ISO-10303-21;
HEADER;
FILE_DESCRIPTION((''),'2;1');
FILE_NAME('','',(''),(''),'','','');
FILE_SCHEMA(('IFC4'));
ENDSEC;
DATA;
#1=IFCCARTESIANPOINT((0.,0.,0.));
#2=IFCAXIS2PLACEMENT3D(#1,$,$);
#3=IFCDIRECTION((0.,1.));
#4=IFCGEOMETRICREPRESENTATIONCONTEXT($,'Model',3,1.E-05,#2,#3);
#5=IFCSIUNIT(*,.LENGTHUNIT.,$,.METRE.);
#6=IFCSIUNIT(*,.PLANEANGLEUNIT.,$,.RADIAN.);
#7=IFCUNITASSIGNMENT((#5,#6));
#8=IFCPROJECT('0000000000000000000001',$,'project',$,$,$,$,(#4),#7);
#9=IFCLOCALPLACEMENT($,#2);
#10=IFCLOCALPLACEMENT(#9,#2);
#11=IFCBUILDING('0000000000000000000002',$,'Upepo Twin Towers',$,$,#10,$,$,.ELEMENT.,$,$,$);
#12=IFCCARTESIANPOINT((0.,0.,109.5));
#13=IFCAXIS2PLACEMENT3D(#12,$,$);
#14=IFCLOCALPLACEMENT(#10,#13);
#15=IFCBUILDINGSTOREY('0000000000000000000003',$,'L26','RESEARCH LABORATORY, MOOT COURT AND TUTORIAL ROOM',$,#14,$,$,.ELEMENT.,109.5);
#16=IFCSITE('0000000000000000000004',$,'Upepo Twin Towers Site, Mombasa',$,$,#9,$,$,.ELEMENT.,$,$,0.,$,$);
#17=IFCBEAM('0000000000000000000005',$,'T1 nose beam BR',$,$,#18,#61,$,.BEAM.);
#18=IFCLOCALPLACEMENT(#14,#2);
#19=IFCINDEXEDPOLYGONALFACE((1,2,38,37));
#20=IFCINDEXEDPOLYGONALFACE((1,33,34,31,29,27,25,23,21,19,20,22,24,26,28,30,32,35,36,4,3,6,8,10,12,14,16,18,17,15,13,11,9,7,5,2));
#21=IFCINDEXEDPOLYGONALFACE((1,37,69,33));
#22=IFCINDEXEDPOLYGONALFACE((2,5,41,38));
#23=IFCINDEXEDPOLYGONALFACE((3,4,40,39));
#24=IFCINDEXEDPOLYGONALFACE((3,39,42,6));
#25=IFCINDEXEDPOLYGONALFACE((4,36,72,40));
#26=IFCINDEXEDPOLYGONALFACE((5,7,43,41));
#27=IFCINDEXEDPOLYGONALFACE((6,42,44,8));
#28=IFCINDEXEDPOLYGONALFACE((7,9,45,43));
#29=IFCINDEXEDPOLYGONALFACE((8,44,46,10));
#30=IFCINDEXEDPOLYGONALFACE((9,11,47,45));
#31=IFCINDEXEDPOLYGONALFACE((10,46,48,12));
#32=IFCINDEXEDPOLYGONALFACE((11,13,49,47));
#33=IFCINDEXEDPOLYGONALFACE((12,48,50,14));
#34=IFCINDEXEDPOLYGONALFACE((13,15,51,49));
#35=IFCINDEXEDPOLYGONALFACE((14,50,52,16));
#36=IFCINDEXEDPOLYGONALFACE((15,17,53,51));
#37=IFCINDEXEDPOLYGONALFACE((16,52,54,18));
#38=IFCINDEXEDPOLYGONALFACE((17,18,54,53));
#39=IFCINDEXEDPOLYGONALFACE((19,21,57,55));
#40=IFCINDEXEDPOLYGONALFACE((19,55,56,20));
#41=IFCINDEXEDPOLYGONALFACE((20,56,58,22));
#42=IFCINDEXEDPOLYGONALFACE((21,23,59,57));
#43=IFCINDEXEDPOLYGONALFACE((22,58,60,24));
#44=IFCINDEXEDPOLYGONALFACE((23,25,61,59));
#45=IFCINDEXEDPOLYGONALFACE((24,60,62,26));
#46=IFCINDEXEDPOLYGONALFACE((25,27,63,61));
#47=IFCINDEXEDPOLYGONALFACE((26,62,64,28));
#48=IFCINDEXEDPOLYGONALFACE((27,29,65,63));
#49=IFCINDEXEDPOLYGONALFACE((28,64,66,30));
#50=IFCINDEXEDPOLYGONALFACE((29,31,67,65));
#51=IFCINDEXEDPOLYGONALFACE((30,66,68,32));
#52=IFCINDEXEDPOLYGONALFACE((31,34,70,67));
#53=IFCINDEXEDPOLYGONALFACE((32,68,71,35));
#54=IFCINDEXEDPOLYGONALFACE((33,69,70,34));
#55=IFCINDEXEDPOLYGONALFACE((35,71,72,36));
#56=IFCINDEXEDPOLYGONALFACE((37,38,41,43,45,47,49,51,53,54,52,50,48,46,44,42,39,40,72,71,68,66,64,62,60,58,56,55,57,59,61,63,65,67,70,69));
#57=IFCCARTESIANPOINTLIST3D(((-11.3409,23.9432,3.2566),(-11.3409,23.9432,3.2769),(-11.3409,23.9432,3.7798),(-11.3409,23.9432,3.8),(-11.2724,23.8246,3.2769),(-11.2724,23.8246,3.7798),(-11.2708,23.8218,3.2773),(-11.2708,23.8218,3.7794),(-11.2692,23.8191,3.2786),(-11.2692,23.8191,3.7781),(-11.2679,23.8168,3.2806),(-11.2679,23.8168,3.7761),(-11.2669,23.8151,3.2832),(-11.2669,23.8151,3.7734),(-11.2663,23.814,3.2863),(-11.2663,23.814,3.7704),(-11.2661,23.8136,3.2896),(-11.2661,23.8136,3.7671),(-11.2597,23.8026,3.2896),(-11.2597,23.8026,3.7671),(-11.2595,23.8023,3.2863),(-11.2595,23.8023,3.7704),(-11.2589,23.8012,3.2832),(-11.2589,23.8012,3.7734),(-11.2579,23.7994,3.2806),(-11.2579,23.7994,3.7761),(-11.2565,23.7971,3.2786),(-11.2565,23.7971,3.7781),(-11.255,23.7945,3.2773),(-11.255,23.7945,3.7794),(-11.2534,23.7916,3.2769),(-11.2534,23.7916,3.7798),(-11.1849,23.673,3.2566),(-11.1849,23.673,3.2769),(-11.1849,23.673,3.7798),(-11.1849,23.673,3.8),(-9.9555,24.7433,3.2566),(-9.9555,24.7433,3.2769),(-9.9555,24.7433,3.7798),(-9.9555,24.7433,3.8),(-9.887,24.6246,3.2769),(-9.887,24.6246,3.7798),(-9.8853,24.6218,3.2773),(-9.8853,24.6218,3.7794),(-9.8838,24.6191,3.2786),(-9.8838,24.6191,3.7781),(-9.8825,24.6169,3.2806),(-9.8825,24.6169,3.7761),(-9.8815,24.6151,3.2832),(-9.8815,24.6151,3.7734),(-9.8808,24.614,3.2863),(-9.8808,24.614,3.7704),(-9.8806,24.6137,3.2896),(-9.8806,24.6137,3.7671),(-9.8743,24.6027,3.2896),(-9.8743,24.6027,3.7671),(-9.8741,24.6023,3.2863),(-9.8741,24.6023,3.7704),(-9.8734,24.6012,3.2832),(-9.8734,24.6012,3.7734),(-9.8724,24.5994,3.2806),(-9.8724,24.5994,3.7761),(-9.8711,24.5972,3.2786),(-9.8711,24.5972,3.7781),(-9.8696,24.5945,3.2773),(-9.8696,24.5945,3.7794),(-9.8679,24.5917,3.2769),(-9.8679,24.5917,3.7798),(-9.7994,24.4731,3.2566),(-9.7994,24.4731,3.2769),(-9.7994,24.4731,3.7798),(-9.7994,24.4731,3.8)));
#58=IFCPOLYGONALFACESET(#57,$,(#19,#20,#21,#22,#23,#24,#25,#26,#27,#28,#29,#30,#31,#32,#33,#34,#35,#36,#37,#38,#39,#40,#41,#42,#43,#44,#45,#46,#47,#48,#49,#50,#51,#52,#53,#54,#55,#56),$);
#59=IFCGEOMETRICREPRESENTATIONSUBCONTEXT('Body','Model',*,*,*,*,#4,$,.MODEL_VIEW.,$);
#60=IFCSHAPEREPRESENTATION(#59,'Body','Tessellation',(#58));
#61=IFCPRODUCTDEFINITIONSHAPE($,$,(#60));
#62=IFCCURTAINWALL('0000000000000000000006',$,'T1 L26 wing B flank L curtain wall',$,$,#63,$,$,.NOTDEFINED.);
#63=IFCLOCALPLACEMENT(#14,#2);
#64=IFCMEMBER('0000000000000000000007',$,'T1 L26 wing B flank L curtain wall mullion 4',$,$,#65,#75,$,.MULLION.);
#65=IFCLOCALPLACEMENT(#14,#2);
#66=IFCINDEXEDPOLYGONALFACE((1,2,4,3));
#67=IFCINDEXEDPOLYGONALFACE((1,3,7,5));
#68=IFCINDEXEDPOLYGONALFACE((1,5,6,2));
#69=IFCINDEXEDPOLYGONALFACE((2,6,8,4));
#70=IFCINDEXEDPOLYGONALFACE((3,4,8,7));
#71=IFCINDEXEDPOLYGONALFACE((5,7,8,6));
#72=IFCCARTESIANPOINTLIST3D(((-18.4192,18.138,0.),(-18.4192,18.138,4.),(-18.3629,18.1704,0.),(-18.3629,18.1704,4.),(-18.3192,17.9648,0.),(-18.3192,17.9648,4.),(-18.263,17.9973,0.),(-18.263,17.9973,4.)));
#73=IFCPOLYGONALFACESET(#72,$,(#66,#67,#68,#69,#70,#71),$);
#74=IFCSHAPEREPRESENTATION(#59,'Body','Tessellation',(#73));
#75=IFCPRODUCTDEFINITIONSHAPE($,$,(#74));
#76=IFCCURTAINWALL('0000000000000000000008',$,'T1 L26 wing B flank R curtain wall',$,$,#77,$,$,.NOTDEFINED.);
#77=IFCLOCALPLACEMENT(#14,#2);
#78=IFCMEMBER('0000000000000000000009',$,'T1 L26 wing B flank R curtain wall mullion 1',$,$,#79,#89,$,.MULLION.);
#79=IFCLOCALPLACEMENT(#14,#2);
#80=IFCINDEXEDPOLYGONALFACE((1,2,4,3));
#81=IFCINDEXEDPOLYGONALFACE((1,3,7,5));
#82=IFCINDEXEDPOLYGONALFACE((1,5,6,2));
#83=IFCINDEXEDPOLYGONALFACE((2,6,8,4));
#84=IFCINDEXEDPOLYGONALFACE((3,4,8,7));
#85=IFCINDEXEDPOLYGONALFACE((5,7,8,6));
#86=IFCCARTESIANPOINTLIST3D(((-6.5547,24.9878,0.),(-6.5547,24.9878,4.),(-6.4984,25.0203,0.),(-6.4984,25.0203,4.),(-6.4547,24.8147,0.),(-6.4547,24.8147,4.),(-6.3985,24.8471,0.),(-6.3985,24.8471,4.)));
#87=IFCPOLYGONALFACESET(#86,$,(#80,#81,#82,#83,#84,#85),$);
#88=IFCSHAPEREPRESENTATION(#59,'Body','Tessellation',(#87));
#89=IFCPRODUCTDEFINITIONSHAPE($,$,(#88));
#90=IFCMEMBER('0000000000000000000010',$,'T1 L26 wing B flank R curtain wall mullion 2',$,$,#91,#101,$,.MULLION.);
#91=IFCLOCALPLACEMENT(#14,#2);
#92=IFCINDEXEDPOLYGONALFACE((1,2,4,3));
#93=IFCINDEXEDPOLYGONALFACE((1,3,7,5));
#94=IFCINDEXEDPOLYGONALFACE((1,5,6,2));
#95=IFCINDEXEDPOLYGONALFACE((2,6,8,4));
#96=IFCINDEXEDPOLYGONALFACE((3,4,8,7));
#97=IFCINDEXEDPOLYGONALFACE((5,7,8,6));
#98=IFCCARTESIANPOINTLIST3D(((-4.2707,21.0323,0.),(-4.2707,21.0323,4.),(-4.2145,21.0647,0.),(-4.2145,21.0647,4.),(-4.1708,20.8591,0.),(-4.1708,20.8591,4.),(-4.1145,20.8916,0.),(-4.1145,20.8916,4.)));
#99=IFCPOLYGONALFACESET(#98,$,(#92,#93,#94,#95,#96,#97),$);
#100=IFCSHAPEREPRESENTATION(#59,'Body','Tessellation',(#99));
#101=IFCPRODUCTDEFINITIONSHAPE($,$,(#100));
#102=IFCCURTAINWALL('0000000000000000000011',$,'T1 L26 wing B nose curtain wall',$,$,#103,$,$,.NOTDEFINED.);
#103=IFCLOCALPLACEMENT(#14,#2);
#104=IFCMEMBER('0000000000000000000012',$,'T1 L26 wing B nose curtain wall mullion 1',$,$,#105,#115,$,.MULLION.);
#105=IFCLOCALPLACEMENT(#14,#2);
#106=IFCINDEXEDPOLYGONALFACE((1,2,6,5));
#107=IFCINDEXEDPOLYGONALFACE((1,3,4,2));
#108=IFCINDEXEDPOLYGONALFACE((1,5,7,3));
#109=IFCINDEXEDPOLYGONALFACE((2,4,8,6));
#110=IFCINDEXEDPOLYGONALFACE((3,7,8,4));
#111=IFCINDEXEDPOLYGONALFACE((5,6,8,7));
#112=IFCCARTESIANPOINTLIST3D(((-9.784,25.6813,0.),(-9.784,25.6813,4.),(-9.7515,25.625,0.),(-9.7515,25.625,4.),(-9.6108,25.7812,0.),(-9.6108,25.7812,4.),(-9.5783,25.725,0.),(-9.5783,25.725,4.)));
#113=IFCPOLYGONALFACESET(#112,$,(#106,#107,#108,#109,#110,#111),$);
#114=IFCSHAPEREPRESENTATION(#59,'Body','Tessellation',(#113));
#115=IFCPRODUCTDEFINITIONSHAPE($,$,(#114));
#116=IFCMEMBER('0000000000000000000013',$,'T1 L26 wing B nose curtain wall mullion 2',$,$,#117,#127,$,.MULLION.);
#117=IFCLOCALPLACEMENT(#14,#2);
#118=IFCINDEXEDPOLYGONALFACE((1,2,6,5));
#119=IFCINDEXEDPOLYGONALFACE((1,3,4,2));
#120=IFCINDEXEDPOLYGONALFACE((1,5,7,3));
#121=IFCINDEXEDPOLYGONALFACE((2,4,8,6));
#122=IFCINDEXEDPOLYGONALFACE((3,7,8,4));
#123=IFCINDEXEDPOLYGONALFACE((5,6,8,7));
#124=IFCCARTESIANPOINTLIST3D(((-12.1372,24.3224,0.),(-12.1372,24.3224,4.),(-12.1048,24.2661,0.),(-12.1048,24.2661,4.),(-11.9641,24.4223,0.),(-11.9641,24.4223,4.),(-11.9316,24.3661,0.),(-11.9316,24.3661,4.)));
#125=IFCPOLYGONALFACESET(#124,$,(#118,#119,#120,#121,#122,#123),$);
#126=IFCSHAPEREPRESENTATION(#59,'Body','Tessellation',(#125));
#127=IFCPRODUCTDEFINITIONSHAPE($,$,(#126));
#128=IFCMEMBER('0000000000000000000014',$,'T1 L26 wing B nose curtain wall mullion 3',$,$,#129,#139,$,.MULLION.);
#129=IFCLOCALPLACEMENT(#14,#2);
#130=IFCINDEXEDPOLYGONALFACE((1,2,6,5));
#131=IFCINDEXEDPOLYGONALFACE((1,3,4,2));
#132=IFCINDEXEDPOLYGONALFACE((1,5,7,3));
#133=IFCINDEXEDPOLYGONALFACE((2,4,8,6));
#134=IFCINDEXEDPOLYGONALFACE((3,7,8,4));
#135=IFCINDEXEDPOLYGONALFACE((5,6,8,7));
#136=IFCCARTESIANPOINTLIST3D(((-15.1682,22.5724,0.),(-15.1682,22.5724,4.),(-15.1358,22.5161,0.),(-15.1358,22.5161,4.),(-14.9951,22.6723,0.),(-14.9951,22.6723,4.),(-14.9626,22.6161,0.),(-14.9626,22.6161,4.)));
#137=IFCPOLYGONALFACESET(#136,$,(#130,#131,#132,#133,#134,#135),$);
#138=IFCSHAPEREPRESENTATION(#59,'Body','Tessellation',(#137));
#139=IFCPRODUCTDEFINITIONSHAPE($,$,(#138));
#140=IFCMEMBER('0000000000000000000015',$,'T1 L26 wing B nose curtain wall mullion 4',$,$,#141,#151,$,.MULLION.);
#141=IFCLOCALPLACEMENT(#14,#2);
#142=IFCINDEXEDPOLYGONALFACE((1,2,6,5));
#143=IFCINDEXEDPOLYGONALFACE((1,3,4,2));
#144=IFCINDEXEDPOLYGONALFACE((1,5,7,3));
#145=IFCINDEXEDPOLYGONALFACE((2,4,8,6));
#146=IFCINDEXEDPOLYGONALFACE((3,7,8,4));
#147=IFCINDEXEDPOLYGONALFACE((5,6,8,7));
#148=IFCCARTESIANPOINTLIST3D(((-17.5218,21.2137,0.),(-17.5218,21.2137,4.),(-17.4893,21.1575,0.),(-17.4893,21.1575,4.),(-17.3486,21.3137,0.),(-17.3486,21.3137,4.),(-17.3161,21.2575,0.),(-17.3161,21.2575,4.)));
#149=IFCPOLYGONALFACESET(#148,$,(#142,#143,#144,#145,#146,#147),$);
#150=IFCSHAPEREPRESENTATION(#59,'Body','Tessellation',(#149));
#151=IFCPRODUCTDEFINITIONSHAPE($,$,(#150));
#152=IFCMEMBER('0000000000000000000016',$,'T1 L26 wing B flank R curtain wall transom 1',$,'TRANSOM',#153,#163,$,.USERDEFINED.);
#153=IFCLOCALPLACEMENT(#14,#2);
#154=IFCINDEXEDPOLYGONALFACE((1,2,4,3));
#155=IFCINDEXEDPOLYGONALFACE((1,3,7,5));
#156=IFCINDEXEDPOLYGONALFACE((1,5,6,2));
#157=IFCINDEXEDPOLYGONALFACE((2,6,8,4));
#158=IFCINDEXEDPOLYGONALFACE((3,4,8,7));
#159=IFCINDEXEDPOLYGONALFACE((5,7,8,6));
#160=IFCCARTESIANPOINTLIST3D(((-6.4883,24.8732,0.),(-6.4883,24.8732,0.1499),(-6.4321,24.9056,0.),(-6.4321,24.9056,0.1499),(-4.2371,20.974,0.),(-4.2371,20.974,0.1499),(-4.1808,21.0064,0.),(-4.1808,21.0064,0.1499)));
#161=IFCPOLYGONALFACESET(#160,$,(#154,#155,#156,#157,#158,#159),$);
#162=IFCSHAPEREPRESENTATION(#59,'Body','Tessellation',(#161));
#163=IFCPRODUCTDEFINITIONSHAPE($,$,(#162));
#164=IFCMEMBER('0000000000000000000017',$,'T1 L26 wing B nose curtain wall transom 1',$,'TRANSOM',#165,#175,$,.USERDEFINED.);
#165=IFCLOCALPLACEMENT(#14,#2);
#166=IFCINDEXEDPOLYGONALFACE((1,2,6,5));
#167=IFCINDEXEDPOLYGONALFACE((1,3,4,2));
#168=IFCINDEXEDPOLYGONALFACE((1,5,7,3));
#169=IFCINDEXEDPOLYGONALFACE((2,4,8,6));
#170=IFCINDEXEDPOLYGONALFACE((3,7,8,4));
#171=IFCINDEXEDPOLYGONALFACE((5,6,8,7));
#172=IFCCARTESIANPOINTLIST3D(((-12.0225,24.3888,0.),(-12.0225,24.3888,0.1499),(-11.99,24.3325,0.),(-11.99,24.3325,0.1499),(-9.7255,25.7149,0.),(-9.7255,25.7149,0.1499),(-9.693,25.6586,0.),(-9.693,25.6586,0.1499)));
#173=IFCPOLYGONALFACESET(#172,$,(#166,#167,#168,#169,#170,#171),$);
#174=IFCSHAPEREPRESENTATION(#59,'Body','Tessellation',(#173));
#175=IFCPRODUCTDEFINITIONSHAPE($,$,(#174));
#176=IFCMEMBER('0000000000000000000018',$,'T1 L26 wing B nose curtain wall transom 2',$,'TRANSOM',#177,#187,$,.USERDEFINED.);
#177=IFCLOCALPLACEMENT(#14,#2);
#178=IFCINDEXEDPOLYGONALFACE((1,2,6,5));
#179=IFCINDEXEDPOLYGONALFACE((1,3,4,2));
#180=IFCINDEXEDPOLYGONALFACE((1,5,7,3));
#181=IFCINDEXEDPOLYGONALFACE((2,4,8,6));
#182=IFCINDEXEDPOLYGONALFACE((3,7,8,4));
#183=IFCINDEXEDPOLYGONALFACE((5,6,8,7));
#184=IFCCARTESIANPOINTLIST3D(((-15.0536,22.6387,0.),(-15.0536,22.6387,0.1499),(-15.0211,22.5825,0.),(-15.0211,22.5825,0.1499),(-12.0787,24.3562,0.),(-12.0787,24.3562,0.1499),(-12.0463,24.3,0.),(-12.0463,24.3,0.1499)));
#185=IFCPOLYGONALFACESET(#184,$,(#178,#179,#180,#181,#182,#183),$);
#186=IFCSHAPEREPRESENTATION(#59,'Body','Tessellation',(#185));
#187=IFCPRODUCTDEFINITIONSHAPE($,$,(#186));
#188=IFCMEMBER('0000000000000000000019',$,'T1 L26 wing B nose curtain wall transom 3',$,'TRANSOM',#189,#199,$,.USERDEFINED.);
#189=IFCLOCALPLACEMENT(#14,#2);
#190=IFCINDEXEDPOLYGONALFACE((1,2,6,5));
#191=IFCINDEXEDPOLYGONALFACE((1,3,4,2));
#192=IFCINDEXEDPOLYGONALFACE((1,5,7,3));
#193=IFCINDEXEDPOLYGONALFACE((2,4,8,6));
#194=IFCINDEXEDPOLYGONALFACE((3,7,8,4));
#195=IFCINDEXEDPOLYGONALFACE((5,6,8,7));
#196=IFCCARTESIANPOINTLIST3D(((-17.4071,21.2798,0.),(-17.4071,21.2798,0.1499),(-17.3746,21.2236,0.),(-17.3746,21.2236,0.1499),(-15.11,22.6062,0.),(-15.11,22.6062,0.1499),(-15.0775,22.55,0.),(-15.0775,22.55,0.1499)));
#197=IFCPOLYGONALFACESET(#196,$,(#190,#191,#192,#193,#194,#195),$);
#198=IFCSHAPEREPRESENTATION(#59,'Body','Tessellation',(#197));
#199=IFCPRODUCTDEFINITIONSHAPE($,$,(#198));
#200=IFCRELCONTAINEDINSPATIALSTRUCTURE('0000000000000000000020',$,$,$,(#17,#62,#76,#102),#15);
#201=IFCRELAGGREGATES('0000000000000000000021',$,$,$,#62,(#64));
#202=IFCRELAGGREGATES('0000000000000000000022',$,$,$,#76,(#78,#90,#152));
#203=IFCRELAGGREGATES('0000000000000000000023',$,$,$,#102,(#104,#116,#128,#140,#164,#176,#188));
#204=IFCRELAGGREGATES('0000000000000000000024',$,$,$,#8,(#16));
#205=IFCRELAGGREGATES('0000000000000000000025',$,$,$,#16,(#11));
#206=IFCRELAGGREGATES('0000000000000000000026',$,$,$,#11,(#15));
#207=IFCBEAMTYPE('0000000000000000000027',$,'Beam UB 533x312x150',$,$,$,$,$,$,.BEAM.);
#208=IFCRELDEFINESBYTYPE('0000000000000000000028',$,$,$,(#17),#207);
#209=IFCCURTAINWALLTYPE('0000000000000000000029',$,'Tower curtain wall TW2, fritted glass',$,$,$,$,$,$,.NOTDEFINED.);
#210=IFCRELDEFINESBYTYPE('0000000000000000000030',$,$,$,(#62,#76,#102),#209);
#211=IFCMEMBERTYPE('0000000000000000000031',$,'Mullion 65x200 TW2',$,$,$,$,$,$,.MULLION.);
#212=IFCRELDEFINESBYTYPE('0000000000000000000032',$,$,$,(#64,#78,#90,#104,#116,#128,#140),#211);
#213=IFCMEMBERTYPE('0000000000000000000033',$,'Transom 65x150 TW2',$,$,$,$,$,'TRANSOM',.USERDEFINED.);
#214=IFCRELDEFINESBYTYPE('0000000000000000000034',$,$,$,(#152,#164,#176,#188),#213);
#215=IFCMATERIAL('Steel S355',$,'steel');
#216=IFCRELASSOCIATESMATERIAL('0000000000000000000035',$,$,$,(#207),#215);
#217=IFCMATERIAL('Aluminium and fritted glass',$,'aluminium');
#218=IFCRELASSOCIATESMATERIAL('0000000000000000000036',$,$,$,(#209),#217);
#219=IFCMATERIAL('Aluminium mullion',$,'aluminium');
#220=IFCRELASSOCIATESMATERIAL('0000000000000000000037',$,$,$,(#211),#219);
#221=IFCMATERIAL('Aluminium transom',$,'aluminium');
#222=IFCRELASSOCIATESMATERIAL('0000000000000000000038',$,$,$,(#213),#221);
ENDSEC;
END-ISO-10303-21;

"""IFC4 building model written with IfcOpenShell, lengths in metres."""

from ifc_helpers import new_model, si_unit, direction, frame, origin, origin_2d, place, context, subcontext, project, spatial, rectangle, i_section, extrude, material, material_profile, profile_set, type_object, element, aggregate, save


model = new_model("IFC4")

# Units and contexts
model_context = context("Model", 3, precision=1e-05, world=origin(), true_north=direction((0.0, 1.0)))
body_context = subcontext(model_context, "Body", "Model", "MODEL_VIEW")
ifc_project = project(units=[si_unit("LENGTHUNIT", "METRE"), si_unit("PLANEANGLEUNIT", "RADIAN")], contexts=[model_context])

# Site, building, storey
site_placement = place(None, origin())
site = spatial("IfcSite", under=ifc_project, at=site_placement, Name="Upepo Twin Towers Site, Mombasa", CompositionType="ELEMENT", RefElevation=0.0)
building_placement = place(site_placement, origin())
building = spatial("IfcBuilding", under=site, at=building_placement, Name="Upepo Twin Towers", CompositionType="ELEMENT")
storey_placement = place(building_placement, frame((0.0, 0.0, 109.5)))
storey = spatial("IfcBuildingStorey", under=building, at=storey_placement, Name="L26", Description="RESEARCH LABORATORY, MOOT COURT AND TUTORIAL ROOM", CompositionType="ELEMENT", Elevation=109.5)

# Beam
ifc_material_1 = material(Name="Steel S355", Category="steel")
ifc_material_profile_1 = material_profile(ifc_material_1, i_section(OverallWidth=0.312, OverallDepth=0.5435, WebThickness=0.0127, FlangeThickness=0.0203, FilletRadius=0.0127, at=origin_2d()), Name="UB 533x312x150")
ifc_profile_set_1 = profile_set([ifc_material_profile_1], Name="Steel S355")
beam_type_1 = type_object("IfcBeamType", Name="Beam UB 533x312x150", PredefinedType="BEAM", material=ifc_profile_set_1)
for number, where, z_axis, x_axis, name in (
    (1, (-9.8774, 24.6082, 3.5283), (-0.86599, -0.500061, 0.0), (0.500061, -0.86599, 0.0), "T1 nose beam BR"),
):
    element("IfcBeam", number, at=place(storey_placement, frame(where, z_axis=z_axis, x_axis=x_axis)), inside=storey, type_object=beam_type_1, Name=name, PredefinedType="BEAM", context=body_context, shape_type="SweptSolid", body=[
        extrude(i_section(OverallWidth=0.312, OverallDepth=0.5435, WebThickness=0.0127, FlangeThickness=0.0203, FilletRadius=0.0127, at=origin_2d()), origin(), (0.0, 0.0, 1.0), 1.5999),
    ])

# Curtain wall, member
ifc_material_2 = material(Name="Aluminium and fritted glass", Category="aluminium")
curtain_wall_type = type_object("IfcCurtainWallType", Name="Tower curtain wall TW2, fritted glass", PredefinedType="NOTDEFINED", material=ifc_material_2)
curtain_wall_1_placement = place(storey_placement, origin())
curtain_wall_1 = element("IfcCurtainWall", 2, at=curtain_wall_1_placement, inside=storey, type_object=curtain_wall_type, Name="T1 L26 wing B flank L curtain wall", PredefinedType="NOTDEFINED")
ifc_material_3 = material(Name="Aluminium mullion", Category="aluminium")
ifc_material_profile_2 = material_profile(ifc_material_3, rectangle(XDim=0.0649, YDim=0.2, at=origin_2d()), Name="MULLION 65x200")
ifc_profile_set_2 = profile_set([ifc_material_profile_2], Name="Aluminium mullion")
member_type_1 = type_object("IfcMemberType", Name="Mullion 65x200 TW2", PredefinedType="MULLION", material=ifc_profile_set_2)
member_1_placement = place(storey_placement, frame((-18.3411, 18.0676, 0.0), z_axis=(0.0, 0.0, 1.0), x_axis=(-0.866025, -0.5, 0.0)))
member_1 = element("IfcMember", 3, at=member_1_placement, type_object=member_type_1, Name="T1 L26 wing B flank L curtain wall mullion 4", PredefinedType="MULLION", context=body_context, shape_type="SweptSolid", body=[
    extrude(rectangle(XDim=0.0649, YDim=0.2, at=origin_2d()), origin(), (0.0, 0.0, 1.0), 4.0),
])
aggregate(curtain_wall_1, [member_1])

# Curtain walls, members
curtain_wall_2_placement = place(storey_placement, origin())
curtain_wall_2 = element("IfcCurtainWall", 4, at=curtain_wall_2_placement, inside=storey, type_object=curtain_wall_type, Name="T1 L26 wing B flank R curtain wall", PredefinedType="NOTDEFINED")
member_2_placement = place(storey_placement, frame((-6.4766, 24.9175, 0.0), z_axis=(0.0, 0.0, 1.0), x_axis=(0.866025, 0.5, 0.0)))
member_2 = element("IfcMember", 5, at=member_2_placement, type_object=member_type_1, Name="T1 L26 wing B flank R curtain wall mullion 1", PredefinedType="MULLION", context=body_context, shape_type="SweptSolid", body=[
    extrude(rectangle(XDim=0.0649, YDim=0.2, at=origin_2d()), origin(), (0.0, 0.0, 1.0), 4.0),
])
member_3_placement = place(storey_placement, frame((-4.1926, 20.9619, 0.0), z_axis=(0.0, 0.0, 1.0), x_axis=(0.866025, 0.5, 0.0)))
member_3 = element("IfcMember", 6, at=member_3_placement, type_object=member_type_1, Name="T1 L26 wing B flank R curtain wall mullion 2", PredefinedType="MULLION", context=body_context, shape_type="SweptSolid", body=[
    extrude(rectangle(XDim=0.0649, YDim=0.2, at=origin_2d()), origin(), (0.0, 0.0, 1.0), 4.0),
])
curtain_wall_3_placement = place(storey_placement, origin())
curtain_wall_3 = element("IfcCurtainWall", 7, at=curtain_wall_3_placement, inside=storey, type_object=curtain_wall_type, Name="T1 L26 wing B nose curtain wall", PredefinedType="NOTDEFINED")
member_4_placement = place(storey_placement, frame((-9.6812, 25.7031, 0.0), z_axis=(0.0, 0.0, 1.0), x_axis=(0.5, -0.866025, 0.0)))
member_4 = element("IfcMember", 8, at=member_4_placement, type_object=member_type_1, Name="T1 L26 wing B nose curtain wall mullion 1", PredefinedType="MULLION", context=body_context, shape_type="SweptSolid", body=[
    extrude(rectangle(XDim=0.0649, YDim=0.2, at=origin_2d()), origin(), (0.0, 0.0, 1.0), 4.0),
])
member_5_placement = place(storey_placement, frame((-12.0344, 24.3442, 0.0), z_axis=(0.0, 0.0, 1.0), x_axis=(0.5, -0.866025, 0.0)))
member_5 = element("IfcMember", 9, at=member_5_placement, type_object=member_type_1, Name="T1 L26 wing B nose curtain wall mullion 2", PredefinedType="MULLION", context=body_context, shape_type="SweptSolid", body=[
    extrude(rectangle(XDim=0.0649, YDim=0.2, at=origin_2d()), origin(), (0.0, 0.0, 1.0), 4.0),
])
member_6_placement = place(storey_placement, frame((-15.0654, 22.5942, 0.0), z_axis=(0.0, 0.0, 1.0), x_axis=(0.5, -0.866025, 0.0)))
member_6 = element("IfcMember", 10, at=member_6_placement, type_object=member_type_1, Name="T1 L26 wing B nose curtain wall mullion 3", PredefinedType="MULLION", context=body_context, shape_type="SweptSolid", body=[
    extrude(rectangle(XDim=0.0649, YDim=0.2, at=origin_2d()), origin(), (0.0, 0.0, 1.0), 4.0),
])
member_7_placement = place(storey_placement, frame((-17.4189, 21.2356, 0.0), z_axis=(0.0, 0.0, 1.0), x_axis=(0.5, -0.866025, 0.0)))
member_7 = element("IfcMember", 11, at=member_7_placement, type_object=member_type_1, Name="T1 L26 wing B nose curtain wall mullion 4", PredefinedType="MULLION", context=body_context, shape_type="SweptSolid", body=[
    extrude(rectangle(XDim=0.0649, YDim=0.2, at=origin_2d()), origin(), (0.0, 0.0, 1.0), 4.0),
])

# Members
ifc_material_4 = material(Name="Aluminium transom", Category="aluminium")
ifc_material_profile_3 = material_profile(ifc_material_4, rectangle(XDim=0.0649, YDim=0.1499, at=origin_2d()), Name="TRANSOM 65x150")
ifc_profile_set_3 = profile_set([ifc_material_profile_3], Name="Aluminium transom")
member_type_2 = type_object("IfcMemberType", Name="Transom 65x150 TW2", ElementType="TRANSOM", PredefinedType="USERDEFINED", material=ifc_profile_set_3)
member_8_placement = place(storey_placement, frame((-6.4602, 24.8894, 0.075), z_axis=(0.500006, -0.866022, 0.0), x_axis=(0.866022, 0.500006, 0.0)))
member_8 = element("IfcMember", 12, at=member_8_placement, type_object=member_type_2, Name="T1 L26 wing B flank R curtain wall transom 1", ObjectType="TRANSOM", PredefinedType="USERDEFINED", context=body_context, shape_type="SweptSolid", body=[
    extrude(rectangle(XDim=0.0649, YDim=0.1499, at=origin_2d()), origin(), (0.0, 0.0, 1.0), 4.5024),
])
member_9_placement = place(storey_placement, frame((-9.7092, 25.6868, 0.075), z_axis=(-0.866037, -0.49998, 0.0), x_axis=(0.49998, -0.866037, 0.0)))
member_9 = element("IfcMember", 13, at=member_9_placement, type_object=member_type_2, Name="T1 L26 wing B nose curtain wall transom 1", ObjectType="TRANSOM", PredefinedType="USERDEFINED", context=body_context, shape_type="SweptSolid", body=[
    extrude(rectangle(XDim=0.0649, YDim=0.1499, at=origin_2d()), origin(), (0.0, 0.0, 1.0), 2.6523),
])
member_10_placement = place(storey_placement, frame((-12.0625, 24.3281, 0.075), z_axis=(-0.866026, -0.499999, 0.0), x_axis=(0.499999, -0.866026, 0.0)))
member_10 = element("IfcMember", 14, at=member_10_placement, type_object=member_type_2, Name="T1 L26 wing B nose curtain wall transom 2", ObjectType="TRANSOM", PredefinedType="USERDEFINED", context=body_context, shape_type="SweptSolid", body=[
    extrude(rectangle(XDim=0.0649, YDim=0.1499, at=origin_2d()), origin(), (0.0, 0.0, 1.0), 3.4351),
])
member_11_placement = place(storey_placement, frame((-15.0938, 22.5781, 0.075), z_axis=(-0.865997, -0.500049, 0.0), x_axis=(0.500049, -0.865997, 0.0)))
member_11 = element("IfcMember", 15, at=member_11_placement, type_object=member_type_2, Name="T1 L26 wing B nose curtain wall transom 3", ObjectType="TRANSOM", PredefinedType="USERDEFINED", context=body_context, shape_type="SweptSolid", body=[
    extrude(rectangle(XDim=0.0649, YDim=0.1499, at=origin_2d()), origin(), (0.0, 0.0, 1.0), 2.6526),
])

aggregate(curtain_wall_2, [member_2, member_3, member_8])
aggregate(curtain_wall_3, [member_4, member_5, member_6, member_7, member_9, member_10, member_11])

save(model, "model.ifc")
